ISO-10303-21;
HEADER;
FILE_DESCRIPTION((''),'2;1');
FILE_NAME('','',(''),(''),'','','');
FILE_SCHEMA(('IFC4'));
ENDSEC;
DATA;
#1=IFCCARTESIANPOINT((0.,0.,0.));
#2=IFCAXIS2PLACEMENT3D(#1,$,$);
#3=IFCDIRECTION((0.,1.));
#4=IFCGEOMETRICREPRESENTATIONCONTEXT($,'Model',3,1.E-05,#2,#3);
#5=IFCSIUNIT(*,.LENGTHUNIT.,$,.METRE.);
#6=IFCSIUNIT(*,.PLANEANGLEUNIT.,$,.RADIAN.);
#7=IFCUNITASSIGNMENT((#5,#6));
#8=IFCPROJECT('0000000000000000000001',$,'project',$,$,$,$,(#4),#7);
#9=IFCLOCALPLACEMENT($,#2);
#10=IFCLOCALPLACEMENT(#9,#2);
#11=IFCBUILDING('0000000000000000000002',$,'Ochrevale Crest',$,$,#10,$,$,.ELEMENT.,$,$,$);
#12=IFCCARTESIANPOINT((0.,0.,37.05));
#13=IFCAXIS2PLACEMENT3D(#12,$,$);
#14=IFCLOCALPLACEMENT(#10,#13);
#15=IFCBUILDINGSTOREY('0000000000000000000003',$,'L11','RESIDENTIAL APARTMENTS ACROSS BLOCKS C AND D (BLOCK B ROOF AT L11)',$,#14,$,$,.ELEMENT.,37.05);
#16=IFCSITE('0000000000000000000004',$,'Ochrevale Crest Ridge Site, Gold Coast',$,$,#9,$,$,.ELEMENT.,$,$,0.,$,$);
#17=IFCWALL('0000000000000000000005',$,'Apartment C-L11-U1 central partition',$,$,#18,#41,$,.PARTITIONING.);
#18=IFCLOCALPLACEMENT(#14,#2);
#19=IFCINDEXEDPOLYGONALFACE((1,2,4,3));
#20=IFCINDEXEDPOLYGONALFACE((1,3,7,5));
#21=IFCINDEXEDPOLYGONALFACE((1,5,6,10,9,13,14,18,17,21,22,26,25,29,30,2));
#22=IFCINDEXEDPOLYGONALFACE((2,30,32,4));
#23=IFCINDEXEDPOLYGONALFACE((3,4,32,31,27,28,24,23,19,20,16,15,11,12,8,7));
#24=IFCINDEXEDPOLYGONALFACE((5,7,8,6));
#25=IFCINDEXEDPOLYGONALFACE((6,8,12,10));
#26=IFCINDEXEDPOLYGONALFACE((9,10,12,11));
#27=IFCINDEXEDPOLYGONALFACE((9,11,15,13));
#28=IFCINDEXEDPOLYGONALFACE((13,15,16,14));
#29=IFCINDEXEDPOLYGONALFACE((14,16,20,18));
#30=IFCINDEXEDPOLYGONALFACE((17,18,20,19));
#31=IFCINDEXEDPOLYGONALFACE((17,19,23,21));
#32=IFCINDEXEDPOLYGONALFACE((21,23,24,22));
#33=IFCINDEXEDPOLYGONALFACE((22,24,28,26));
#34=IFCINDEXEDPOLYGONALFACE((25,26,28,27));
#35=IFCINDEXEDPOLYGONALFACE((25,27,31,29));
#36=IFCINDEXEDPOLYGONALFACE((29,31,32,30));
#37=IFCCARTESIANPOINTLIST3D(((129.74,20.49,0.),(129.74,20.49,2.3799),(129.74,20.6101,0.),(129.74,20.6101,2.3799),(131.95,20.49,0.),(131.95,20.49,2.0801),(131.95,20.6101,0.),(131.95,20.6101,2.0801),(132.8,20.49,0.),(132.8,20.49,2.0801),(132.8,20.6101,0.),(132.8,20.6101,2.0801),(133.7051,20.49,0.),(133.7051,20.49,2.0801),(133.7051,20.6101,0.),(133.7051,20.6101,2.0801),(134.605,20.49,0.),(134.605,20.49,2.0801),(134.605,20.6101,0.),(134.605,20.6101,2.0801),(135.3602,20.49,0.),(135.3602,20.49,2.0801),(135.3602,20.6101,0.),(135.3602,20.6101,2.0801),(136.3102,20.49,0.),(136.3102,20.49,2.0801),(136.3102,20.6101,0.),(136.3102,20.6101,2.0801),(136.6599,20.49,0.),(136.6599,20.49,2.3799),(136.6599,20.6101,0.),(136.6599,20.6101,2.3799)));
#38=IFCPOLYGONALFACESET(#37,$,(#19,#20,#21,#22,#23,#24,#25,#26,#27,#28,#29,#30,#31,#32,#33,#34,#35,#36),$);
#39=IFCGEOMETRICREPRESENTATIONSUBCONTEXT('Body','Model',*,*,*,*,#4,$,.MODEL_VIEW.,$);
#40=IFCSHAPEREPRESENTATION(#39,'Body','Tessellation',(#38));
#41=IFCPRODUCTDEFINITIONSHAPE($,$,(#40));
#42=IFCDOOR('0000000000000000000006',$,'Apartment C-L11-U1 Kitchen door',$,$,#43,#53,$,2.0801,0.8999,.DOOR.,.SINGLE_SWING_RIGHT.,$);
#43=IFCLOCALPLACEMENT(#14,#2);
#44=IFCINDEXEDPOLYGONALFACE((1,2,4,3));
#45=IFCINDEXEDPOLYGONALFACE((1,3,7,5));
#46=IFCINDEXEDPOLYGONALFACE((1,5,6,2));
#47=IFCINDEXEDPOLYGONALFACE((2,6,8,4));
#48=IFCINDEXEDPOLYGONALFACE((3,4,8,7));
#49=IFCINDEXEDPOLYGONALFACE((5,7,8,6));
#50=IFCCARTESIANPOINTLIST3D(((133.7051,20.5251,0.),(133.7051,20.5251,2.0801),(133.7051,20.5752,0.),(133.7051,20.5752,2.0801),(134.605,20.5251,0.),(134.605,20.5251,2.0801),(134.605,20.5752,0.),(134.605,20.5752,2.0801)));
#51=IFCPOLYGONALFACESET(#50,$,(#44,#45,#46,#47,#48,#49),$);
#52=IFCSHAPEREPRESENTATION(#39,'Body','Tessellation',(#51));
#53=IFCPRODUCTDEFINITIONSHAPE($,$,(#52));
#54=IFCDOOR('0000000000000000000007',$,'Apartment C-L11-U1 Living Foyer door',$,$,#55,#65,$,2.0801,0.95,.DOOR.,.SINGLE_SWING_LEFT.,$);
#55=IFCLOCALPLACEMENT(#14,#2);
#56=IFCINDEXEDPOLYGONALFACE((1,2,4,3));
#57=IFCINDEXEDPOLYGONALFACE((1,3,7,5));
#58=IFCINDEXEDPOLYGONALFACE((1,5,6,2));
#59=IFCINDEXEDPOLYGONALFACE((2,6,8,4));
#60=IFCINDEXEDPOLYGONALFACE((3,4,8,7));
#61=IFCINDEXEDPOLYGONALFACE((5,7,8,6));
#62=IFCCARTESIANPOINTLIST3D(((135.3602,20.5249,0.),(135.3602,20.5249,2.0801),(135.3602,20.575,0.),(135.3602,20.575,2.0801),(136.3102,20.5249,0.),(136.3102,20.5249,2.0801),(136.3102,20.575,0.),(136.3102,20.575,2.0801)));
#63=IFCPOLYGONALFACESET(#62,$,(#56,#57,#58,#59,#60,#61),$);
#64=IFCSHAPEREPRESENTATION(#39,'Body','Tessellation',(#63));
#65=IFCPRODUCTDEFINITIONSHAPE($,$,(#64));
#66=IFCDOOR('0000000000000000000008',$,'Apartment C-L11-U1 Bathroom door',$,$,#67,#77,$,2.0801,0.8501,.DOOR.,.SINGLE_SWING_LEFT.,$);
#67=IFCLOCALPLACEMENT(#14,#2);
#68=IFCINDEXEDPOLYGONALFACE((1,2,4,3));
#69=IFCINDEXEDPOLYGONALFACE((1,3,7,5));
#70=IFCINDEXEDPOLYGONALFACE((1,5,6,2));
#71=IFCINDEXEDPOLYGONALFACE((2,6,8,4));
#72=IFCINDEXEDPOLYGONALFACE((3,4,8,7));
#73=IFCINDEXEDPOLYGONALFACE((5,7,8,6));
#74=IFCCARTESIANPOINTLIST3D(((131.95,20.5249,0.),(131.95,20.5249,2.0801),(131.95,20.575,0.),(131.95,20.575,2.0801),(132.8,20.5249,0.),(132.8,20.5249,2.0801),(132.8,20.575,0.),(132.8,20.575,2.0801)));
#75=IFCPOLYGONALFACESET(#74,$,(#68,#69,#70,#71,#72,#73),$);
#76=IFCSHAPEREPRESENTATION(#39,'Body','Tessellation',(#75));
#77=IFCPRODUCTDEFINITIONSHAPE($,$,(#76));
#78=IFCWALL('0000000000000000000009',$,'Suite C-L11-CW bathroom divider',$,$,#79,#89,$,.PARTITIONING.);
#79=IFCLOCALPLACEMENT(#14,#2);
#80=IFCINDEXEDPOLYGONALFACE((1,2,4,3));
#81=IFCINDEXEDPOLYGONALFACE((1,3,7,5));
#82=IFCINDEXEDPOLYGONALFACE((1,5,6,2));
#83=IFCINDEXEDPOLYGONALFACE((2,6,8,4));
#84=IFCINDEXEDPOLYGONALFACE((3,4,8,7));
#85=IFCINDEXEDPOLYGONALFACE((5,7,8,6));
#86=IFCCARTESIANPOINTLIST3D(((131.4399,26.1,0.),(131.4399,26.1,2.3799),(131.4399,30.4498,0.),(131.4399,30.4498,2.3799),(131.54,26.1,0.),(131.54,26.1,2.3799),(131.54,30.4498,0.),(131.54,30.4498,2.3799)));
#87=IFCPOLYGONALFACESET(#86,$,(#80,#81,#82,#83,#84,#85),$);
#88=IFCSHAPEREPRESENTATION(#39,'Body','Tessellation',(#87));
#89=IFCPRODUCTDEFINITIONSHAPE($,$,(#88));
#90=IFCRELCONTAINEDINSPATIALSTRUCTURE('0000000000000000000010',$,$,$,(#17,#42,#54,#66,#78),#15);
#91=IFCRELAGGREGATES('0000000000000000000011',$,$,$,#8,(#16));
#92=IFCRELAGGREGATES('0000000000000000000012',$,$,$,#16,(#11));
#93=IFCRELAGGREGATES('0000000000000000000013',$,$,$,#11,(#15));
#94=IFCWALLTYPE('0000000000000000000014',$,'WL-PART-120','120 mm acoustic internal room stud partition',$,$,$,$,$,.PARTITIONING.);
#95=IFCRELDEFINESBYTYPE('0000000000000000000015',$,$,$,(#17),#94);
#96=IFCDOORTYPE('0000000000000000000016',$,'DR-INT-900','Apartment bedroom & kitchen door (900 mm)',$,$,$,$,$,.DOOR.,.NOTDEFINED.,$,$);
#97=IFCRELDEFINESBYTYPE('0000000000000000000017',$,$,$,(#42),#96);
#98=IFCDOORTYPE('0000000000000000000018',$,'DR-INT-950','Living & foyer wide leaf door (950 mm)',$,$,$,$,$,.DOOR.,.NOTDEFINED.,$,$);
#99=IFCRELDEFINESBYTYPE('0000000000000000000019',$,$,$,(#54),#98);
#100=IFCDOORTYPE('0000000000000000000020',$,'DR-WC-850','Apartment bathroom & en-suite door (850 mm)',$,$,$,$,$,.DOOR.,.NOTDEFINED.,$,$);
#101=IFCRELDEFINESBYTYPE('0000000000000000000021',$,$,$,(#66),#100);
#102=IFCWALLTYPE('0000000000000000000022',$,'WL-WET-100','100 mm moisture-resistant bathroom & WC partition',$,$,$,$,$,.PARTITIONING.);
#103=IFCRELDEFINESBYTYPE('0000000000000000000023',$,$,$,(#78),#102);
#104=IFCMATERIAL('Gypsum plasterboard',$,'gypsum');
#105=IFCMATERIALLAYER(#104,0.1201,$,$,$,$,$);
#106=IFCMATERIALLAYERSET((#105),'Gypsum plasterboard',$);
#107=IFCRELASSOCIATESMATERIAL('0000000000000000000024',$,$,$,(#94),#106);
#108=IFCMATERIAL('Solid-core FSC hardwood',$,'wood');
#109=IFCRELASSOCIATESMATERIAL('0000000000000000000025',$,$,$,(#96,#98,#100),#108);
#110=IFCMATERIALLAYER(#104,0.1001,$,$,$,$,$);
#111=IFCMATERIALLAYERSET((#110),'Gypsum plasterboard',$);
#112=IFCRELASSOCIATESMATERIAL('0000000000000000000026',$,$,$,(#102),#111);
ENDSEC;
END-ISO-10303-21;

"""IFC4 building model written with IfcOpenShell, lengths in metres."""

from ifc_helpers import new_model, si_unit, direction, frame, frame_2d, origin, place, context, subcontext, project, spatial, rectangle, extrude, material, layer, layer_set, type_object, element, fill, save


model = new_model("IFC4")

# Units and contexts
model_context = context("Model", 3, precision=1e-05, world=origin(), true_north=direction((0.0, 1.0)))
body_context = subcontext(model_context, "Body", "Model", "MODEL_VIEW")
ifc_project = project(units=[si_unit("LENGTHUNIT", "METRE"), si_unit("PLANEANGLEUNIT", "RADIAN")], contexts=[model_context])

# Site, building, storey
site_placement = place(None, origin())
site = spatial("IfcSite", under=ifc_project, at=site_placement, Name="Ochrevale Crest Ridge Site, Gold Coast", CompositionType="ELEMENT", RefElevation=0.0)
building_placement = place(site_placement, origin())
building = spatial("IfcBuilding", under=site, at=building_placement, Name="Ochrevale Crest", CompositionType="ELEMENT")
storey_placement = place(building_placement, frame((0.0, 0.0, 37.05)))
storey = spatial("IfcBuildingStorey", under=building, at=storey_placement, Name="L11", Description="RESIDENTIAL APARTMENTS ACROSS BLOCKS C AND D (BLOCK B ROOF AT L11)", CompositionType="ELEMENT", Elevation=37.05)

# Shared definitions
ifc_material_1 = material(Name="Gypsum plasterboard", Category="gypsum")
ifc_material_2 = material(Name="Solid-core FSC hardwood", Category="wood")

# Wall, openings, doors
ifc_layer_1 = layer(ifc_material_1, 0.1201)
ifc_layer_set_1 = layer_set([ifc_layer_1], Name="Gypsum plasterboard")
wall_type_1 = type_object("IfcWallType", Name="WL-PART-120", Description="120 mm acoustic internal room stud partition", PredefinedType="PARTITIONING", material=ifc_layer_set_1)
wall_1_placement = place(storey_placement, frame((129.74, 20.55, 0.0), z_axis=(0.0, 0.0, 1.0), x_axis=(1.0, 0.0, 0.0)))
wall_1 = element("IfcWall", 1, at=wall_1_placement, inside=storey, type_object=wall_type_1, Name="Apartment C-L11-U1 central partition", PredefinedType="PARTITIONING", context=body_context, shape_type="SweptSolid", body=[
    extrude(rectangle(XDim=6.9199, YDim=0.1201, at=frame_2d((3.46, 0.0))), origin(), (0.0, 0.0, 1.0), 2.3799),
])
opening_1_placement = place(wall_1_placement, frame((2.21, 0.0, 0.0)))
opening_1 = element("IfcOpeningElement", 2, at=opening_1_placement, cuts=wall_1, PredefinedType="OPENING", context=body_context, shape_type="SweptSolid", body=[
    extrude(rectangle(XDim=0.8501, YDim=2.0801, at=frame_2d((0.425, 1.04))), frame((0.0, 0.0701, 0.0), z_axis=(0.0, -1.0, 0.0), x_axis=(1.0, 0.0, 0.0)), (0.0, 0.0, 1.0), 0.1401),
])
opening_2_placement = place(wall_1_placement, frame((4.865, 0.0, 0.0), z_axis=(0.0, 0.0, 1.0), x_axis=(-1.0, 0.0, 0.0)))
opening_2 = element("IfcOpeningElement", 3, at=opening_2_placement, cuts=wall_1, PredefinedType="OPENING", context=body_context, shape_type="SweptSolid", body=[
    extrude(rectangle(XDim=0.8999, YDim=2.0801, at=frame_2d((0.45, 1.04))), frame((0.0, 0.0701, 0.0), z_axis=(0.0, -1.0, 0.0), x_axis=(1.0, 0.0, 0.0)), (0.0, 0.0, 1.0), 0.1401),
])
opening_3_placement = place(wall_1_placement, frame((5.6201, 0.0, 0.0)))
opening_3 = element("IfcOpeningElement", 4, at=opening_3_placement, cuts=wall_1, PredefinedType="OPENING", context=body_context, shape_type="SweptSolid", body=[
    extrude(rectangle(XDim=0.95, YDim=2.0801, at=frame_2d((0.4751, 1.04))), frame((0.0, 0.0701, 0.0), z_axis=(0.0, -1.0, 0.0), x_axis=(1.0, 0.0, 0.0)), (0.0, 0.0, 1.0), 0.1401),
])
door_type_1 = type_object("IfcDoorType", Name="DR-INT-900", Description="Apartment bedroom & kitchen door (900 mm)", OperationType="NOTDEFINED", PredefinedType="DOOR", material=ifc_material_2)
door_1_placement = place(opening_2_placement, origin())
door_1 = element("IfcDoor", 5, at=door_1_placement, inside=storey, type_object=door_type_1, Name="Apartment C-L11-U1 Kitchen door", OperationType="SINGLE_SWING_RIGHT", OverallHeight=2.0801, OverallWidth=0.8999, PredefinedType="DOOR", context=body_context, shape_type="SweptSolid", body=[
    extrude(rectangle(XDim=0.8999, YDim=2.0801, at=frame_2d((0.45, 1.04))), frame((0.0, 0.0249, 0.0), z_axis=(0.0, -1.0, 0.0), x_axis=(1.0, 0.0, 0.0)), (0.0, 0.0, 1.0), 0.05),
])
fill(opening_2, door_1)
door_type_2 = type_object("IfcDoorType", Name="DR-INT-950", Description="Living & foyer wide leaf door (950 mm)", OperationType="NOTDEFINED", PredefinedType="DOOR", material=ifc_material_2)
door_2_placement = place(opening_3_placement, origin())
door_2 = element("IfcDoor", 6, at=door_2_placement, inside=storey, type_object=door_type_2, Name="Apartment C-L11-U1 Living Foyer door", OperationType="SINGLE_SWING_LEFT", OverallHeight=2.0801, OverallWidth=0.95, PredefinedType="DOOR", context=body_context, shape_type="SweptSolid", body=[
    extrude(rectangle(XDim=0.95, YDim=2.0801, at=frame_2d((0.4751, 1.04))), frame((0.0, 0.0249, 0.0), z_axis=(0.0, -1.0, 0.0), x_axis=(1.0, 0.0, 0.0)), (0.0, 0.0, 1.0), 0.05),
])
fill(opening_3, door_2)
door_type_3 = type_object("IfcDoorType", Name="DR-WC-850", Description="Apartment bathroom & en-suite door (850 mm)", OperationType="NOTDEFINED", PredefinedType="DOOR", material=ifc_material_2)
door_3_placement = place(opening_1_placement, origin())
door_3 = element("IfcDoor", 7, at=door_3_placement, inside=storey, type_object=door_type_3, Name="Apartment C-L11-U1 Bathroom door", OperationType="SINGLE_SWING_LEFT", OverallHeight=2.0801, OverallWidth=0.8501, PredefinedType="DOOR", context=body_context, shape_type="SweptSolid", body=[
    extrude(rectangle(XDim=0.8501, YDim=2.0801, at=frame_2d((0.425, 1.04))), frame((0.0, 0.0249, 0.0), z_axis=(0.0, -1.0, 0.0), x_axis=(1.0, 0.0, 0.0)), (0.0, 0.0, 1.0), 0.05),
])
fill(opening_1, door_3)

# Wall
ifc_layer_2 = layer(ifc_material_1, 0.1001)
ifc_layer_set_2 = layer_set([ifc_layer_2], Name="Gypsum plasterboard")
wall_type_2 = type_object("IfcWallType", Name="WL-WET-100", Description="100 mm moisture-resistant bathroom & WC partition", PredefinedType="PARTITIONING", material=ifc_layer_set_2)
wall_2_placement = place(storey_placement, frame((131.49, 26.1001, 0.0), z_axis=(0.0, 0.0, 1.0), x_axis=(0.0, 1.0, 0.0)))
element("IfcWall", 8, at=wall_2_placement, inside=storey, type_object=wall_type_2, Name="Suite C-L11-CW bathroom divider", PredefinedType="PARTITIONING", context=body_context, shape_type="SweptSolid", body=[
    extrude(rectangle(XDim=4.3499, YDim=0.1001, at=frame_2d((2.1748, 0.0))), origin(), (0.0, 0.0, 1.0), 2.3799),
])

save(model, "model.ifc")
